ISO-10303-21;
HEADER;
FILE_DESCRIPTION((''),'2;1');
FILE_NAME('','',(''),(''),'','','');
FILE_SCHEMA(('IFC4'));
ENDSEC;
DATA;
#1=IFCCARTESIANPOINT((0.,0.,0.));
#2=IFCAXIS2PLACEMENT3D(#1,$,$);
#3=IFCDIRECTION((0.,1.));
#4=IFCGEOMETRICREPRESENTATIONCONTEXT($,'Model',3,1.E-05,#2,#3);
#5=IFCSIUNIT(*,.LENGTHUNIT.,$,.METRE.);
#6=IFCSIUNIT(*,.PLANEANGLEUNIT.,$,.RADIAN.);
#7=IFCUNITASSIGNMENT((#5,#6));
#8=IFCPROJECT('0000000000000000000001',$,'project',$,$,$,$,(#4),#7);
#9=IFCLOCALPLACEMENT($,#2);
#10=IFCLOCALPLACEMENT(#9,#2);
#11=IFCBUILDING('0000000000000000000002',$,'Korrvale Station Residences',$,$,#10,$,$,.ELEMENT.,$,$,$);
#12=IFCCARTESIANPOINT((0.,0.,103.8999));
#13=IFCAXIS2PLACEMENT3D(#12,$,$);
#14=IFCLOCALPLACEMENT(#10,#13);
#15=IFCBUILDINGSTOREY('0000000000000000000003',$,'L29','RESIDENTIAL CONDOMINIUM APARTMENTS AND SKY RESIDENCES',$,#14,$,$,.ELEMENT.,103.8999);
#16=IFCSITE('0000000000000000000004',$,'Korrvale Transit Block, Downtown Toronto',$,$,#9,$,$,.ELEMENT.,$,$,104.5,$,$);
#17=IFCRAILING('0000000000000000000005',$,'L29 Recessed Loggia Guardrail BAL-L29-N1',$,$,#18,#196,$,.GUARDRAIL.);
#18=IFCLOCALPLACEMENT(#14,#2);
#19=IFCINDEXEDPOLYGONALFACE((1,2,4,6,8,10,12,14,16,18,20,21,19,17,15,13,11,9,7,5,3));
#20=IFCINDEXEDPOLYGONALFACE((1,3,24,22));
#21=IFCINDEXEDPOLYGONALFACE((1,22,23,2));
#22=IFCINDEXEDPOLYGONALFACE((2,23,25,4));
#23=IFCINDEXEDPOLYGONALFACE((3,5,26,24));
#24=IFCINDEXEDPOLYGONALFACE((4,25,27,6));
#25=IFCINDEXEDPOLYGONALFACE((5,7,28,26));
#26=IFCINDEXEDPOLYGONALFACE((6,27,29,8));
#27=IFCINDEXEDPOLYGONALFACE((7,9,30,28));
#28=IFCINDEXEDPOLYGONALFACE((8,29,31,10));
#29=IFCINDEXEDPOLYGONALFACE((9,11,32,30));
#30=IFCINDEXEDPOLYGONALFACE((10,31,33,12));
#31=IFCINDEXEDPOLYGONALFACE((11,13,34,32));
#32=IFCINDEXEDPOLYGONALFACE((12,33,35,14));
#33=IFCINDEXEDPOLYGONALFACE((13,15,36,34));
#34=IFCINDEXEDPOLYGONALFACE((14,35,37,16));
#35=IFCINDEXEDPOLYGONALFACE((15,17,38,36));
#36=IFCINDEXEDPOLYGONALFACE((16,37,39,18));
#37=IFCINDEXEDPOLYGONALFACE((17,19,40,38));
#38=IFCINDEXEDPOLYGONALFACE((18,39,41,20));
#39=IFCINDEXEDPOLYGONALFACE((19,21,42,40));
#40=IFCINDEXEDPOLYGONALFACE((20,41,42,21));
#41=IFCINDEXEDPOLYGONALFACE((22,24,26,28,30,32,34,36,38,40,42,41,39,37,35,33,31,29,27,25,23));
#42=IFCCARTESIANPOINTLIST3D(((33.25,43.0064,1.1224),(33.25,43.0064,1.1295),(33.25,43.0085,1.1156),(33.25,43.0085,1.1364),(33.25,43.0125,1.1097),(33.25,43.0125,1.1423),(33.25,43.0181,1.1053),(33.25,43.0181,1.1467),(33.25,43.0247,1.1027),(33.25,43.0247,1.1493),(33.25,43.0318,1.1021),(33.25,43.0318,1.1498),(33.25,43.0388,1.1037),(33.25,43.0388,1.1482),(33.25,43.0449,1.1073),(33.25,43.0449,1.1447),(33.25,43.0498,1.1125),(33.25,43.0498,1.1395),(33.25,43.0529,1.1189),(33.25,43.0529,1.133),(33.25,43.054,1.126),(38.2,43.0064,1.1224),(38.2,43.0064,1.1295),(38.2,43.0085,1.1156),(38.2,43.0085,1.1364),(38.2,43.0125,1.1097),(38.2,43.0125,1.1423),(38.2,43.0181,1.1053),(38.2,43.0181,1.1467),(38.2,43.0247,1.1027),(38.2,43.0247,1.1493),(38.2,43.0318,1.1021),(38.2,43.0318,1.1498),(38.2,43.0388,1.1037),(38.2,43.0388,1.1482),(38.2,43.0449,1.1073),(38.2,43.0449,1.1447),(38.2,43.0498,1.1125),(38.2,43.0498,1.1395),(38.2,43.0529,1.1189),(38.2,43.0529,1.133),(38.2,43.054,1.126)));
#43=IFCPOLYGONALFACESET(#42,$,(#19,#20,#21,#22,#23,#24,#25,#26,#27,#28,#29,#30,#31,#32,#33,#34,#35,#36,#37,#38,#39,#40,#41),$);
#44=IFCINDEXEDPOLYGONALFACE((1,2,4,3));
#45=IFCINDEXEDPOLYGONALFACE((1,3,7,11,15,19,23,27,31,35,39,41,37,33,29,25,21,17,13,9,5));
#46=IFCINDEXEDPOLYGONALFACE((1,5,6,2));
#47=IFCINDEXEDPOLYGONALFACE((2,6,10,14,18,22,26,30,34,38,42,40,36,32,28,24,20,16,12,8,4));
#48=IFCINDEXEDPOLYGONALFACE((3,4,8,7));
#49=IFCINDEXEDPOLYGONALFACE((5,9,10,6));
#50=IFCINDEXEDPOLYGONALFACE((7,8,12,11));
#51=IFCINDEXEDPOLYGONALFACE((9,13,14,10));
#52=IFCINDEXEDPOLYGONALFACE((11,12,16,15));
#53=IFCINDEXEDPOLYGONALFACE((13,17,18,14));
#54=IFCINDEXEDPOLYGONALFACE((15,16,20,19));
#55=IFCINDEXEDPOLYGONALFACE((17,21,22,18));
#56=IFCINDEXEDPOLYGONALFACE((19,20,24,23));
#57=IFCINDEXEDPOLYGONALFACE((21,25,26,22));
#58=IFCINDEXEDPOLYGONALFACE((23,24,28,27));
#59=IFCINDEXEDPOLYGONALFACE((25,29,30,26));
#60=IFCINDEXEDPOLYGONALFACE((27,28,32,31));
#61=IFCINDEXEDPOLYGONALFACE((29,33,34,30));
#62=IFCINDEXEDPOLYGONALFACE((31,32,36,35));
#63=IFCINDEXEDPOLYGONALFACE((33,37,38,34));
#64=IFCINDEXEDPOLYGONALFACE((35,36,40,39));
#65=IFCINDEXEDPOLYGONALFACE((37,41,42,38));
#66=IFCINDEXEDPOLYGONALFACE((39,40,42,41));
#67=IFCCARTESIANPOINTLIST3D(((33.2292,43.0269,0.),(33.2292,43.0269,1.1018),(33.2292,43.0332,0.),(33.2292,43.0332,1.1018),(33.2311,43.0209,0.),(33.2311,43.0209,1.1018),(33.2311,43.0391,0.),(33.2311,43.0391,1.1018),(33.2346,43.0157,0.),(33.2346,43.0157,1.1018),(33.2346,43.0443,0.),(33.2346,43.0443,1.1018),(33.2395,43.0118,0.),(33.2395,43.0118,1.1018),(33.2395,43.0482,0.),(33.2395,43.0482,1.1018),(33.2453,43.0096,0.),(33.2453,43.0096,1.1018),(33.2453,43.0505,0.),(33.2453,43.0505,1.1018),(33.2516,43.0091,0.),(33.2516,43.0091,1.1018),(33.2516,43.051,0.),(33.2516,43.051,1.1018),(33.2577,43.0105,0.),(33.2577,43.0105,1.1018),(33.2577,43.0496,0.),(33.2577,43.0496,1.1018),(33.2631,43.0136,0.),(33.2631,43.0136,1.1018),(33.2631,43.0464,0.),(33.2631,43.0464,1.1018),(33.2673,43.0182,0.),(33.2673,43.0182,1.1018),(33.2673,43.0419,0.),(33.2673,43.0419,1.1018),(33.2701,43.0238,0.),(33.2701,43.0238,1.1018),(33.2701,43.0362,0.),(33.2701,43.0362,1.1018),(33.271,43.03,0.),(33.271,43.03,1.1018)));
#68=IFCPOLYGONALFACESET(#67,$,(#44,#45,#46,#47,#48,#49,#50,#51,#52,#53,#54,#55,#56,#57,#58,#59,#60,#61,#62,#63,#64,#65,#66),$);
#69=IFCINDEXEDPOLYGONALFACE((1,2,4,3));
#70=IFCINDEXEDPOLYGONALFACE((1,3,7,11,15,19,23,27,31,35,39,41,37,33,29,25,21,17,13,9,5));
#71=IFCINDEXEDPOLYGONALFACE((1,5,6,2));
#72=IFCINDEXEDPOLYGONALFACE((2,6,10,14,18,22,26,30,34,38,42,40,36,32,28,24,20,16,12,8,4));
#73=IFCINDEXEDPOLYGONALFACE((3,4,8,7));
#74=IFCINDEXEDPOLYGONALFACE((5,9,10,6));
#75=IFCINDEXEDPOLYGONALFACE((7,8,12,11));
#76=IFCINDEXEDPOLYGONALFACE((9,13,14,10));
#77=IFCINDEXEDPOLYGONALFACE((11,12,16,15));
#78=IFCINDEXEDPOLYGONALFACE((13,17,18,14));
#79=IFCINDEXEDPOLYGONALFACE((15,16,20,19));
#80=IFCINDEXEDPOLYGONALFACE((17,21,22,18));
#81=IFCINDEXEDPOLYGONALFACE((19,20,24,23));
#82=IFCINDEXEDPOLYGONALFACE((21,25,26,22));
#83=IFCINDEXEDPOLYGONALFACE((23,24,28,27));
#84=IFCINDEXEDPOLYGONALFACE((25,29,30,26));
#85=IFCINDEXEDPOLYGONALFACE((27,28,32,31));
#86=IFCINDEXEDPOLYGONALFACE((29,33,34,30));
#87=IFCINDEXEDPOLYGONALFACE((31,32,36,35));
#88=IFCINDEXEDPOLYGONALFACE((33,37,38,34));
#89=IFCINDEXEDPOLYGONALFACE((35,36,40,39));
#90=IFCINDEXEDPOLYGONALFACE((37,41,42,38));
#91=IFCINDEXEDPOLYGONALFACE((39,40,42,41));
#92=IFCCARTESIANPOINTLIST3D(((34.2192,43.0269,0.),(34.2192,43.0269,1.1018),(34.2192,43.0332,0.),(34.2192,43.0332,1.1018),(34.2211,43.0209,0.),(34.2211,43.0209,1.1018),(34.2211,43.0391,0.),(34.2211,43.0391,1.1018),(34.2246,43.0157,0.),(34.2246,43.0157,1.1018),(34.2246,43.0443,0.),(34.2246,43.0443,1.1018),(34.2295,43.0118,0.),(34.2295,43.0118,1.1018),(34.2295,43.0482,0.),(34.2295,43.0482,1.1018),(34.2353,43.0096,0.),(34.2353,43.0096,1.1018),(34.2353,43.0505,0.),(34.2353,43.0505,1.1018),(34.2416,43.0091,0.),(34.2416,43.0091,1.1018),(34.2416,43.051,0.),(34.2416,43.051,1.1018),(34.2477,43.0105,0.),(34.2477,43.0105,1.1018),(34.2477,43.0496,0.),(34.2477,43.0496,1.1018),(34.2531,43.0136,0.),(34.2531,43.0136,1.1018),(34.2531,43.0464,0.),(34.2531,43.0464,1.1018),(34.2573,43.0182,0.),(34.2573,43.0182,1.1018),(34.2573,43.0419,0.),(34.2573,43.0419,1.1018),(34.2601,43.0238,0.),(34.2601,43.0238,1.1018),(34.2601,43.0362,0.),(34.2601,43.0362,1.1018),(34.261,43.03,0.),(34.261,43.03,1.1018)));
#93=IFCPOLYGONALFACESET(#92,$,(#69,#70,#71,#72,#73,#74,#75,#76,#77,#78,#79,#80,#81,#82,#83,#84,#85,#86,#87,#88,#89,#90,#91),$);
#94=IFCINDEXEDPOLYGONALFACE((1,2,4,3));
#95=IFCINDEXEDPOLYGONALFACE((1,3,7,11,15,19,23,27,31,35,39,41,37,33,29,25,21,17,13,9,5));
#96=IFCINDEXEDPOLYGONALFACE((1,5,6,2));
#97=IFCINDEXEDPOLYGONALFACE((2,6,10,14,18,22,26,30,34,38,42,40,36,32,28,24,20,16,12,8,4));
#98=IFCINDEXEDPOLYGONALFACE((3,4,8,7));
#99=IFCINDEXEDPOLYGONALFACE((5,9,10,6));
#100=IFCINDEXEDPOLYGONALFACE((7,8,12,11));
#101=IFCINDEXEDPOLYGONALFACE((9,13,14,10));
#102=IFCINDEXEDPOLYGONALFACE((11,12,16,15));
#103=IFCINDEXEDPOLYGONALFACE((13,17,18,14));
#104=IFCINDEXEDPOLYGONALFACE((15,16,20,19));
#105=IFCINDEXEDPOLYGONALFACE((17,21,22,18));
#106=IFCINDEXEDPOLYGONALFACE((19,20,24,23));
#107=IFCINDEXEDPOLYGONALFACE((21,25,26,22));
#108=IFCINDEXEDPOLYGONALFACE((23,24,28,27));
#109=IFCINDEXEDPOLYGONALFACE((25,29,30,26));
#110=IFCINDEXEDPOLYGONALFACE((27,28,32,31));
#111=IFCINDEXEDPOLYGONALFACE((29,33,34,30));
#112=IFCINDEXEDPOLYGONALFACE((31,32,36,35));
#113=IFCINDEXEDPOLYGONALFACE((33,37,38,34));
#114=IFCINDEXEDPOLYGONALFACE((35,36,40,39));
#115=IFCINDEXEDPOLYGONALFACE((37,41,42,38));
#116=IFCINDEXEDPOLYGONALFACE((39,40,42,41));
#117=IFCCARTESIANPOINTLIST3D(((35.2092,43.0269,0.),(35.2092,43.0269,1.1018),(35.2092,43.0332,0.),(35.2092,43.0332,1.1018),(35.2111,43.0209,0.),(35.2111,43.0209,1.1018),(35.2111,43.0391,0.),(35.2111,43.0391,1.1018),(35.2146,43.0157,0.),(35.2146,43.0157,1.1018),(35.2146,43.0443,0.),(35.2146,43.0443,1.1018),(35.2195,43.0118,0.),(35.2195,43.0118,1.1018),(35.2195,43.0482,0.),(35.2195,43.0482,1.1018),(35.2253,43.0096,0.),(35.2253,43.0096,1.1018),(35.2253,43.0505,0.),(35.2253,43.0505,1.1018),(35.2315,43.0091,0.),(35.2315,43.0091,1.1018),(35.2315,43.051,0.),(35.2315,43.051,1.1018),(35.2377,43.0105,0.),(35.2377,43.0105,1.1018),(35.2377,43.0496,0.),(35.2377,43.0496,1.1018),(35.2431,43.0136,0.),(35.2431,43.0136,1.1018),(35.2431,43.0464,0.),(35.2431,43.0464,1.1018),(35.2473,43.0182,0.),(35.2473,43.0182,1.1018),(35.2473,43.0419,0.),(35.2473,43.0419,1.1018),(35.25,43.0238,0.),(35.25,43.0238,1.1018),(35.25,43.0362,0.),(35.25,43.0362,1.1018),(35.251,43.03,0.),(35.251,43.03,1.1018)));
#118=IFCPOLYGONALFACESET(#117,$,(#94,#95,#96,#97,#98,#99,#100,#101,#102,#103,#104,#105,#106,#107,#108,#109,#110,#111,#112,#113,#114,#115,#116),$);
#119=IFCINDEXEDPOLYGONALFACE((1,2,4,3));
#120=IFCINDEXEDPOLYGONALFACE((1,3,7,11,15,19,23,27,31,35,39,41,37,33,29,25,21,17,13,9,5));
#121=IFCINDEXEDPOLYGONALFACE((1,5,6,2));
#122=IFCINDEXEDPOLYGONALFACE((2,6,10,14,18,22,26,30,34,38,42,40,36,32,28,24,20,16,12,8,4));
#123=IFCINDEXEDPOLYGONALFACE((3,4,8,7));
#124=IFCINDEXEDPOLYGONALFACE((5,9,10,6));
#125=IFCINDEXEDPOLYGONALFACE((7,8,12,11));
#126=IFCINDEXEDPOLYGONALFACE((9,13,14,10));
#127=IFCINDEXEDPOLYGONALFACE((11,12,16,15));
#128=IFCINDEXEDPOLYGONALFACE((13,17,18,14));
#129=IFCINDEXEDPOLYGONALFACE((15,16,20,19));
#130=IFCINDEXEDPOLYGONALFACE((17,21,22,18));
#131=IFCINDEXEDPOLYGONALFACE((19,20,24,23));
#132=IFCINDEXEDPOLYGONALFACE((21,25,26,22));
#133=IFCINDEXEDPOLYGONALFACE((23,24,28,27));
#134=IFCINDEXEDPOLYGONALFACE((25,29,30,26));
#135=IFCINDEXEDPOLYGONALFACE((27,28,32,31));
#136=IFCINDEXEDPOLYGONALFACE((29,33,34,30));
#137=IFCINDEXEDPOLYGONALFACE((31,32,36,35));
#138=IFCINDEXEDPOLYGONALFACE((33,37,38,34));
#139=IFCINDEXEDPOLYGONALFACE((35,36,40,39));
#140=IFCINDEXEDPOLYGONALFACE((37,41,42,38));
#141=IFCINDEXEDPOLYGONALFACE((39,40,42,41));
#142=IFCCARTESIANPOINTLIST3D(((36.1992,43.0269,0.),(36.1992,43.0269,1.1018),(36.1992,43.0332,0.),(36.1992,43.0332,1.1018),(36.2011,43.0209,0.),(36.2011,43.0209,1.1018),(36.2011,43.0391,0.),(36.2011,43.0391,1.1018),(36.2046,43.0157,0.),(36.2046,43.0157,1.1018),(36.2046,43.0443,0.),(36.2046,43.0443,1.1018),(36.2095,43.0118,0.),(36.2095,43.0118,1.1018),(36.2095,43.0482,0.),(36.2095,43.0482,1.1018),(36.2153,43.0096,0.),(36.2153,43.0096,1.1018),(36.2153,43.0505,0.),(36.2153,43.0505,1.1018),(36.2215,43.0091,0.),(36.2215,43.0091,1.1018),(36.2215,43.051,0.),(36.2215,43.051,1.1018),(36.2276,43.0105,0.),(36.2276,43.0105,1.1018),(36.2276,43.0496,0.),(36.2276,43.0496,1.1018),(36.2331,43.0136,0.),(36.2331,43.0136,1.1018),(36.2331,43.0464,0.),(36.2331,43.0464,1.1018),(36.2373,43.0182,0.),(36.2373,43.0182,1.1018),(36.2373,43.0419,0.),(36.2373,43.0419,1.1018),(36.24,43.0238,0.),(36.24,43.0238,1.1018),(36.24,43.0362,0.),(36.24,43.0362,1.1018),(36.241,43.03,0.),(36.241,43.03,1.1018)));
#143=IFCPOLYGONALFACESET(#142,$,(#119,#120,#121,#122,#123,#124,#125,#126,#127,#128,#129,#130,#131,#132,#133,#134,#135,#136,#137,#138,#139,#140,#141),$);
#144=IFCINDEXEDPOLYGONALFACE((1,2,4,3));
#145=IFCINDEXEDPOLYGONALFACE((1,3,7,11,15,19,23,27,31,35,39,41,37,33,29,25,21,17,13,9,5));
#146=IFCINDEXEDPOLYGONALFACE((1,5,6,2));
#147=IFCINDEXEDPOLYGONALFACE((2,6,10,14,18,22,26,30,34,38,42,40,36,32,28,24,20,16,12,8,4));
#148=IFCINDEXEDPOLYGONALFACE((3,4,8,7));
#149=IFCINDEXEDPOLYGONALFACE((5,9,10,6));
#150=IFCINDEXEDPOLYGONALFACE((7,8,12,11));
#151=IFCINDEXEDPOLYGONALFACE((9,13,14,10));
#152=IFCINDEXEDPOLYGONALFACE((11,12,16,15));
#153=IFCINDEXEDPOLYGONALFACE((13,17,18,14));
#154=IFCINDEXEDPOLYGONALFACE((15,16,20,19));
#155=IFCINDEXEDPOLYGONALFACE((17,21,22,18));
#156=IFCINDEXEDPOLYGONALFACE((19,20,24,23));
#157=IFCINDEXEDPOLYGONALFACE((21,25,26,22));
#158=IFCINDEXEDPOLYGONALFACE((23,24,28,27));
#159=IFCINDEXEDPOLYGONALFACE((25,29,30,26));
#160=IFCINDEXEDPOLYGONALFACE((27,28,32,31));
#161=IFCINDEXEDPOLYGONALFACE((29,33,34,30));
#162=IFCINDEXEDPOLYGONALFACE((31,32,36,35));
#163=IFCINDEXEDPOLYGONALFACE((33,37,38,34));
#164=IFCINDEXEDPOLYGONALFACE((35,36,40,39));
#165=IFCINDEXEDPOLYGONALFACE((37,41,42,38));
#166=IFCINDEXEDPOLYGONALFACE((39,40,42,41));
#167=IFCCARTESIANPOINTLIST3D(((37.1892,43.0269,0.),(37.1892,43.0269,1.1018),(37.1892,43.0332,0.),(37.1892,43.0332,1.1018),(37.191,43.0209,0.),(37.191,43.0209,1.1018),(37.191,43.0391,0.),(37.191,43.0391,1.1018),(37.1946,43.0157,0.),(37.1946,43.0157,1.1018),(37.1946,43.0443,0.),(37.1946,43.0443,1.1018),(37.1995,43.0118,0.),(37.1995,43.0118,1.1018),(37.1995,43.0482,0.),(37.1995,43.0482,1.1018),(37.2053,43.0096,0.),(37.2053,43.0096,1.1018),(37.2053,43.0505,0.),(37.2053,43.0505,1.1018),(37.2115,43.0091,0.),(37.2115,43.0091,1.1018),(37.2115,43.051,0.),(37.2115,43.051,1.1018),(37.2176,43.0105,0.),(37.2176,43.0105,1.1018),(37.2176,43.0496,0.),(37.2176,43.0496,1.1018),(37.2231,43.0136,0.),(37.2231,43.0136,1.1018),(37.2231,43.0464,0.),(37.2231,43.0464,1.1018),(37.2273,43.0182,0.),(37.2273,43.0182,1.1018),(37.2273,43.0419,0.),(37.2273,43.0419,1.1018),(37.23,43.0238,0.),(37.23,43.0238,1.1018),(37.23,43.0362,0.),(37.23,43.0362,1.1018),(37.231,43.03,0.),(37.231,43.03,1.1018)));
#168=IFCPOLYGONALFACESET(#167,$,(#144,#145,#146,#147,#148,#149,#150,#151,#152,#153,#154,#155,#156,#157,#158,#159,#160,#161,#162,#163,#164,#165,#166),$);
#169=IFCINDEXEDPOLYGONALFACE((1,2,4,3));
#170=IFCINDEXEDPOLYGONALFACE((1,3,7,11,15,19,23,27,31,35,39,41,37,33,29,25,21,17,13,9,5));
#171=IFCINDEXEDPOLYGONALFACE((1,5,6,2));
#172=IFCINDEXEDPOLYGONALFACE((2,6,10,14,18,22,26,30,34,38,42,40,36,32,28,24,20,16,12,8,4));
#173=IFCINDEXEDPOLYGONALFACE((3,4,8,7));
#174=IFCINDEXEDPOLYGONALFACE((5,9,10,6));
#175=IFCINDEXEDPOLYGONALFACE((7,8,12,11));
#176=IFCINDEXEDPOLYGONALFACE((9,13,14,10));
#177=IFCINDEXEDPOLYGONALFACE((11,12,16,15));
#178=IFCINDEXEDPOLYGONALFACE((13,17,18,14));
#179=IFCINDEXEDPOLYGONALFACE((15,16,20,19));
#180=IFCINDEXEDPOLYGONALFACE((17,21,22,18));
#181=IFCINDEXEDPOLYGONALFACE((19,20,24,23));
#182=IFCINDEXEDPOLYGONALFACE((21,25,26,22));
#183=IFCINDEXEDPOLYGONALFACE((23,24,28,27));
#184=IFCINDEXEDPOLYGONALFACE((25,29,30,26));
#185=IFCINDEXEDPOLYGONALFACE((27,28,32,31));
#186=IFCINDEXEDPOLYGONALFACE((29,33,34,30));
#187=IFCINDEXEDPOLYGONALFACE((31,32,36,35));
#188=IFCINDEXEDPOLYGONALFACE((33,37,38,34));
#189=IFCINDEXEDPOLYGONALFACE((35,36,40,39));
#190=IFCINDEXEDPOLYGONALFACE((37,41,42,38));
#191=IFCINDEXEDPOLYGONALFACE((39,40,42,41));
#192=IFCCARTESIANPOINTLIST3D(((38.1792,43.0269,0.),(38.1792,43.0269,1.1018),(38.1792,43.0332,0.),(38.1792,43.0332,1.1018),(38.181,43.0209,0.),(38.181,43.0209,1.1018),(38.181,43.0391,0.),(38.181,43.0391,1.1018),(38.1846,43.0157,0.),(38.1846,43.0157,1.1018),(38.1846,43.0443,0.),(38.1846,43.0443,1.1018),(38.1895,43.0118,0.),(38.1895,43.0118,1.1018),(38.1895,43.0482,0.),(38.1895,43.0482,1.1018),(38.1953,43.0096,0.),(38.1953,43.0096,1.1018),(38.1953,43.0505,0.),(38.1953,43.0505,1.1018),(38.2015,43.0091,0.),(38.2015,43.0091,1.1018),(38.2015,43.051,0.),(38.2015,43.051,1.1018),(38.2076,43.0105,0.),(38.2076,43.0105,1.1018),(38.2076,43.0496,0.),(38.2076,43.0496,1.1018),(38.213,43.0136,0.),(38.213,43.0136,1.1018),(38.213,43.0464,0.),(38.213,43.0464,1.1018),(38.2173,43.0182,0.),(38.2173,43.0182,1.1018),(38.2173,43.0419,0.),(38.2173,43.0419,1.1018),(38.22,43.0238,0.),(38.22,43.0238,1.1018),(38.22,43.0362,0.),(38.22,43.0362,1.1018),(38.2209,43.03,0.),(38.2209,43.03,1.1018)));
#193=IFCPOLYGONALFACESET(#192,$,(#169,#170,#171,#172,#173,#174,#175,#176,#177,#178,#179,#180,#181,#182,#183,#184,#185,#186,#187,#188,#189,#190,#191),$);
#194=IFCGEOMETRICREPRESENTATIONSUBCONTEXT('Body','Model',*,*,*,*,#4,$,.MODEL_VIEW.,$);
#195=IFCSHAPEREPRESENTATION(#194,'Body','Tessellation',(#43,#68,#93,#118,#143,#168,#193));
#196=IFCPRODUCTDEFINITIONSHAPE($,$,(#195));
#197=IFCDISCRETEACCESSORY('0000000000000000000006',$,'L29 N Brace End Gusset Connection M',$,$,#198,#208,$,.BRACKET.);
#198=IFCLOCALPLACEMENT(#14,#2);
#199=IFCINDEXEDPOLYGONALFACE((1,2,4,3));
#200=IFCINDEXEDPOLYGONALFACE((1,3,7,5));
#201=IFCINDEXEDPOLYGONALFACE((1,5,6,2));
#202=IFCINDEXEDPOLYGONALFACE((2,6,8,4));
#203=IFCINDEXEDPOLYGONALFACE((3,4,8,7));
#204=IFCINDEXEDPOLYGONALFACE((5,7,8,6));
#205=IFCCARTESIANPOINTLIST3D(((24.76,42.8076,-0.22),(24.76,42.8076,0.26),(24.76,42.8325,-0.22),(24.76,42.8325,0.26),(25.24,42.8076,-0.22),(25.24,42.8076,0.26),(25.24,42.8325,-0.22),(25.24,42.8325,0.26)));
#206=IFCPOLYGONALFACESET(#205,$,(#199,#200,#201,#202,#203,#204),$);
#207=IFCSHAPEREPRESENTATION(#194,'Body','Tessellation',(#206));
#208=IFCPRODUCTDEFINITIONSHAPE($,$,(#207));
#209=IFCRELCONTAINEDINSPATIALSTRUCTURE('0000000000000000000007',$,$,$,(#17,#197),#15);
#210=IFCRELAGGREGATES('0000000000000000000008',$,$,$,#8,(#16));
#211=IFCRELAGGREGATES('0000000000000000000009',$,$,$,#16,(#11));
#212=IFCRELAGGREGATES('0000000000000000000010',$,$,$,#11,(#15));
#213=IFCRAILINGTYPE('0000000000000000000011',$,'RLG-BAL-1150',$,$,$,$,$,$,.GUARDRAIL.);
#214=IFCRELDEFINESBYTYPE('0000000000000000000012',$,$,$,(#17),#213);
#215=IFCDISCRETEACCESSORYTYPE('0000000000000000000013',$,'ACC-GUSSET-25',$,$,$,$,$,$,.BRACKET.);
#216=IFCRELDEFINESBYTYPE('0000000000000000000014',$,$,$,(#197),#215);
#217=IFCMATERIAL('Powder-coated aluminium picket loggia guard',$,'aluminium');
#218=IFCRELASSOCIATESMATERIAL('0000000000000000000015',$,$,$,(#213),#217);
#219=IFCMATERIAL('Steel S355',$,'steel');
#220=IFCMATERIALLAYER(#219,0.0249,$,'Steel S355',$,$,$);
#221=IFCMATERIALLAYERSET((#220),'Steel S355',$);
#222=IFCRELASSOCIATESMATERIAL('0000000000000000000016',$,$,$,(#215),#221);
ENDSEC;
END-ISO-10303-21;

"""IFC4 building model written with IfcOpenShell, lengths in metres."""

from ifc_helpers import new_model, si_unit, direction, frame, origin, origin_2d, place, context, subcontext, project, spatial, rectangle, circle, extrude, material, layer, layer_set, type_object, element, save


model = new_model("IFC4")

# Units and contexts
model_context = context("Model", 3, precision=1e-05, world=origin(), true_north=direction((0.0, 1.0)))
body_context = subcontext(model_context, "Body", "Model", "MODEL_VIEW")
ifc_project = project(units=[si_unit("LENGTHUNIT", "METRE"), si_unit("PLANEANGLEUNIT", "RADIAN")], contexts=[model_context])

# Site, building, storey
site_placement = place(None, origin())
site = spatial("IfcSite", under=ifc_project, at=site_placement, Name="Korrvale Transit Block, Downtown Toronto", CompositionType="ELEMENT", RefElevation=104.5)
building_placement = place(site_placement, origin())
building = spatial("IfcBuilding", under=site, at=building_placement, Name="Korrvale Station Residences", CompositionType="ELEMENT")
storey_placement = place(building_placement, frame((0.0, 0.0, 103.8999)))
storey = spatial("IfcBuildingStorey", under=building, at=storey_placement, Name="L29", Description="RESIDENTIAL CONDOMINIUM APARTMENTS AND SKY RESIDENCES", CompositionType="ELEMENT", Elevation=103.8999)

# Shared definitions
ifc_material_1 = material(Name="Steel S355", Category="steel")

# Railing
ifc_material_2 = material(Name="Powder-coated aluminium picket loggia guard", Category="aluminium")
railing_type = type_object("IfcRailingType", Name="RLG-BAL-1150", PredefinedType="GUARDRAIL", material=ifc_material_2)
railing_placement = place(storey_placement, frame((33.25, 43.03, 0.0)))
element("IfcRailing", 1, at=railing_placement, inside=storey, type_object=railing_type, Name="L29 Recessed Loggia Guardrail BAL-L29-N1", PredefinedType="GUARDRAIL", context=body_context, shape_type="SweptSolid", body=[
    extrude(circle(Radius=0.0239, at=origin_2d()), frame((0.0, 0.0, 1.126), z_axis=(1.0, 0.0, 0.0), x_axis=(0.0, 1.0, 0.0)), (0.0, 0.0, 1.0), 4.95),
    extrude(circle(Radius=0.021, at=origin_2d()), origin(), (0.0, 0.0, 1.0), 1.1018),
    extrude(circle(Radius=0.021, at=origin_2d()), frame((0.99, 0.0, 0.0)), (0.0, 0.0, 1.0), 1.1018),
    extrude(circle(Radius=0.021, at=origin_2d()), frame((1.98, 0.0, 0.0)), (0.0, 0.0, 1.0), 1.1018),
    extrude(circle(Radius=0.021, at=origin_2d()), frame((2.97, 0.0, 0.0)), (0.0, 0.0, 1.0), 1.1018),
    extrude(circle(Radius=0.021, at=origin_2d()), frame((3.96, 0.0, 0.0)), (0.0, 0.0, 1.0), 1.1018),
    extrude(circle(Radius=0.021, at=origin_2d()), frame((4.95, 0.0, 0.0)), (0.0, 0.0, 1.0), 1.1018),
])

# Discrete accessory
ifc_layer_1 = layer(ifc_material_1, 0.0249, Name="Steel S355")
ifc_layer_set_1 = layer_set([ifc_layer_1], Name="Steel S355")
discrete_accessory_type = type_object("IfcDiscreteAccessoryType", Name="ACC-GUSSET-25", PredefinedType="BRACKET", material=ifc_layer_set_1)
for number, where, z_axis, x_axis, name in (
    (2, (25.0, 42.8201, -0.22), (0.0, 0.0, 1.0), (1.0, 0.0, 0.0), "L29 N Brace End Gusset Connection M"),
):
    element("IfcDiscreteAccessory", number, at=place(storey_placement, frame(where, z_axis=z_axis, x_axis=x_axis)), inside=storey, type_object=discrete_accessory_type, Name=name, PredefinedType="BRACKET", context=body_context, shape_type="SweptSolid", body=[
        extrude(rectangle(XDim=0.48, YDim=0.0249, at=origin_2d()), origin(), (0.0, 0.0, 1.0), 0.48),
    ])

save(model, "model.ifc")
